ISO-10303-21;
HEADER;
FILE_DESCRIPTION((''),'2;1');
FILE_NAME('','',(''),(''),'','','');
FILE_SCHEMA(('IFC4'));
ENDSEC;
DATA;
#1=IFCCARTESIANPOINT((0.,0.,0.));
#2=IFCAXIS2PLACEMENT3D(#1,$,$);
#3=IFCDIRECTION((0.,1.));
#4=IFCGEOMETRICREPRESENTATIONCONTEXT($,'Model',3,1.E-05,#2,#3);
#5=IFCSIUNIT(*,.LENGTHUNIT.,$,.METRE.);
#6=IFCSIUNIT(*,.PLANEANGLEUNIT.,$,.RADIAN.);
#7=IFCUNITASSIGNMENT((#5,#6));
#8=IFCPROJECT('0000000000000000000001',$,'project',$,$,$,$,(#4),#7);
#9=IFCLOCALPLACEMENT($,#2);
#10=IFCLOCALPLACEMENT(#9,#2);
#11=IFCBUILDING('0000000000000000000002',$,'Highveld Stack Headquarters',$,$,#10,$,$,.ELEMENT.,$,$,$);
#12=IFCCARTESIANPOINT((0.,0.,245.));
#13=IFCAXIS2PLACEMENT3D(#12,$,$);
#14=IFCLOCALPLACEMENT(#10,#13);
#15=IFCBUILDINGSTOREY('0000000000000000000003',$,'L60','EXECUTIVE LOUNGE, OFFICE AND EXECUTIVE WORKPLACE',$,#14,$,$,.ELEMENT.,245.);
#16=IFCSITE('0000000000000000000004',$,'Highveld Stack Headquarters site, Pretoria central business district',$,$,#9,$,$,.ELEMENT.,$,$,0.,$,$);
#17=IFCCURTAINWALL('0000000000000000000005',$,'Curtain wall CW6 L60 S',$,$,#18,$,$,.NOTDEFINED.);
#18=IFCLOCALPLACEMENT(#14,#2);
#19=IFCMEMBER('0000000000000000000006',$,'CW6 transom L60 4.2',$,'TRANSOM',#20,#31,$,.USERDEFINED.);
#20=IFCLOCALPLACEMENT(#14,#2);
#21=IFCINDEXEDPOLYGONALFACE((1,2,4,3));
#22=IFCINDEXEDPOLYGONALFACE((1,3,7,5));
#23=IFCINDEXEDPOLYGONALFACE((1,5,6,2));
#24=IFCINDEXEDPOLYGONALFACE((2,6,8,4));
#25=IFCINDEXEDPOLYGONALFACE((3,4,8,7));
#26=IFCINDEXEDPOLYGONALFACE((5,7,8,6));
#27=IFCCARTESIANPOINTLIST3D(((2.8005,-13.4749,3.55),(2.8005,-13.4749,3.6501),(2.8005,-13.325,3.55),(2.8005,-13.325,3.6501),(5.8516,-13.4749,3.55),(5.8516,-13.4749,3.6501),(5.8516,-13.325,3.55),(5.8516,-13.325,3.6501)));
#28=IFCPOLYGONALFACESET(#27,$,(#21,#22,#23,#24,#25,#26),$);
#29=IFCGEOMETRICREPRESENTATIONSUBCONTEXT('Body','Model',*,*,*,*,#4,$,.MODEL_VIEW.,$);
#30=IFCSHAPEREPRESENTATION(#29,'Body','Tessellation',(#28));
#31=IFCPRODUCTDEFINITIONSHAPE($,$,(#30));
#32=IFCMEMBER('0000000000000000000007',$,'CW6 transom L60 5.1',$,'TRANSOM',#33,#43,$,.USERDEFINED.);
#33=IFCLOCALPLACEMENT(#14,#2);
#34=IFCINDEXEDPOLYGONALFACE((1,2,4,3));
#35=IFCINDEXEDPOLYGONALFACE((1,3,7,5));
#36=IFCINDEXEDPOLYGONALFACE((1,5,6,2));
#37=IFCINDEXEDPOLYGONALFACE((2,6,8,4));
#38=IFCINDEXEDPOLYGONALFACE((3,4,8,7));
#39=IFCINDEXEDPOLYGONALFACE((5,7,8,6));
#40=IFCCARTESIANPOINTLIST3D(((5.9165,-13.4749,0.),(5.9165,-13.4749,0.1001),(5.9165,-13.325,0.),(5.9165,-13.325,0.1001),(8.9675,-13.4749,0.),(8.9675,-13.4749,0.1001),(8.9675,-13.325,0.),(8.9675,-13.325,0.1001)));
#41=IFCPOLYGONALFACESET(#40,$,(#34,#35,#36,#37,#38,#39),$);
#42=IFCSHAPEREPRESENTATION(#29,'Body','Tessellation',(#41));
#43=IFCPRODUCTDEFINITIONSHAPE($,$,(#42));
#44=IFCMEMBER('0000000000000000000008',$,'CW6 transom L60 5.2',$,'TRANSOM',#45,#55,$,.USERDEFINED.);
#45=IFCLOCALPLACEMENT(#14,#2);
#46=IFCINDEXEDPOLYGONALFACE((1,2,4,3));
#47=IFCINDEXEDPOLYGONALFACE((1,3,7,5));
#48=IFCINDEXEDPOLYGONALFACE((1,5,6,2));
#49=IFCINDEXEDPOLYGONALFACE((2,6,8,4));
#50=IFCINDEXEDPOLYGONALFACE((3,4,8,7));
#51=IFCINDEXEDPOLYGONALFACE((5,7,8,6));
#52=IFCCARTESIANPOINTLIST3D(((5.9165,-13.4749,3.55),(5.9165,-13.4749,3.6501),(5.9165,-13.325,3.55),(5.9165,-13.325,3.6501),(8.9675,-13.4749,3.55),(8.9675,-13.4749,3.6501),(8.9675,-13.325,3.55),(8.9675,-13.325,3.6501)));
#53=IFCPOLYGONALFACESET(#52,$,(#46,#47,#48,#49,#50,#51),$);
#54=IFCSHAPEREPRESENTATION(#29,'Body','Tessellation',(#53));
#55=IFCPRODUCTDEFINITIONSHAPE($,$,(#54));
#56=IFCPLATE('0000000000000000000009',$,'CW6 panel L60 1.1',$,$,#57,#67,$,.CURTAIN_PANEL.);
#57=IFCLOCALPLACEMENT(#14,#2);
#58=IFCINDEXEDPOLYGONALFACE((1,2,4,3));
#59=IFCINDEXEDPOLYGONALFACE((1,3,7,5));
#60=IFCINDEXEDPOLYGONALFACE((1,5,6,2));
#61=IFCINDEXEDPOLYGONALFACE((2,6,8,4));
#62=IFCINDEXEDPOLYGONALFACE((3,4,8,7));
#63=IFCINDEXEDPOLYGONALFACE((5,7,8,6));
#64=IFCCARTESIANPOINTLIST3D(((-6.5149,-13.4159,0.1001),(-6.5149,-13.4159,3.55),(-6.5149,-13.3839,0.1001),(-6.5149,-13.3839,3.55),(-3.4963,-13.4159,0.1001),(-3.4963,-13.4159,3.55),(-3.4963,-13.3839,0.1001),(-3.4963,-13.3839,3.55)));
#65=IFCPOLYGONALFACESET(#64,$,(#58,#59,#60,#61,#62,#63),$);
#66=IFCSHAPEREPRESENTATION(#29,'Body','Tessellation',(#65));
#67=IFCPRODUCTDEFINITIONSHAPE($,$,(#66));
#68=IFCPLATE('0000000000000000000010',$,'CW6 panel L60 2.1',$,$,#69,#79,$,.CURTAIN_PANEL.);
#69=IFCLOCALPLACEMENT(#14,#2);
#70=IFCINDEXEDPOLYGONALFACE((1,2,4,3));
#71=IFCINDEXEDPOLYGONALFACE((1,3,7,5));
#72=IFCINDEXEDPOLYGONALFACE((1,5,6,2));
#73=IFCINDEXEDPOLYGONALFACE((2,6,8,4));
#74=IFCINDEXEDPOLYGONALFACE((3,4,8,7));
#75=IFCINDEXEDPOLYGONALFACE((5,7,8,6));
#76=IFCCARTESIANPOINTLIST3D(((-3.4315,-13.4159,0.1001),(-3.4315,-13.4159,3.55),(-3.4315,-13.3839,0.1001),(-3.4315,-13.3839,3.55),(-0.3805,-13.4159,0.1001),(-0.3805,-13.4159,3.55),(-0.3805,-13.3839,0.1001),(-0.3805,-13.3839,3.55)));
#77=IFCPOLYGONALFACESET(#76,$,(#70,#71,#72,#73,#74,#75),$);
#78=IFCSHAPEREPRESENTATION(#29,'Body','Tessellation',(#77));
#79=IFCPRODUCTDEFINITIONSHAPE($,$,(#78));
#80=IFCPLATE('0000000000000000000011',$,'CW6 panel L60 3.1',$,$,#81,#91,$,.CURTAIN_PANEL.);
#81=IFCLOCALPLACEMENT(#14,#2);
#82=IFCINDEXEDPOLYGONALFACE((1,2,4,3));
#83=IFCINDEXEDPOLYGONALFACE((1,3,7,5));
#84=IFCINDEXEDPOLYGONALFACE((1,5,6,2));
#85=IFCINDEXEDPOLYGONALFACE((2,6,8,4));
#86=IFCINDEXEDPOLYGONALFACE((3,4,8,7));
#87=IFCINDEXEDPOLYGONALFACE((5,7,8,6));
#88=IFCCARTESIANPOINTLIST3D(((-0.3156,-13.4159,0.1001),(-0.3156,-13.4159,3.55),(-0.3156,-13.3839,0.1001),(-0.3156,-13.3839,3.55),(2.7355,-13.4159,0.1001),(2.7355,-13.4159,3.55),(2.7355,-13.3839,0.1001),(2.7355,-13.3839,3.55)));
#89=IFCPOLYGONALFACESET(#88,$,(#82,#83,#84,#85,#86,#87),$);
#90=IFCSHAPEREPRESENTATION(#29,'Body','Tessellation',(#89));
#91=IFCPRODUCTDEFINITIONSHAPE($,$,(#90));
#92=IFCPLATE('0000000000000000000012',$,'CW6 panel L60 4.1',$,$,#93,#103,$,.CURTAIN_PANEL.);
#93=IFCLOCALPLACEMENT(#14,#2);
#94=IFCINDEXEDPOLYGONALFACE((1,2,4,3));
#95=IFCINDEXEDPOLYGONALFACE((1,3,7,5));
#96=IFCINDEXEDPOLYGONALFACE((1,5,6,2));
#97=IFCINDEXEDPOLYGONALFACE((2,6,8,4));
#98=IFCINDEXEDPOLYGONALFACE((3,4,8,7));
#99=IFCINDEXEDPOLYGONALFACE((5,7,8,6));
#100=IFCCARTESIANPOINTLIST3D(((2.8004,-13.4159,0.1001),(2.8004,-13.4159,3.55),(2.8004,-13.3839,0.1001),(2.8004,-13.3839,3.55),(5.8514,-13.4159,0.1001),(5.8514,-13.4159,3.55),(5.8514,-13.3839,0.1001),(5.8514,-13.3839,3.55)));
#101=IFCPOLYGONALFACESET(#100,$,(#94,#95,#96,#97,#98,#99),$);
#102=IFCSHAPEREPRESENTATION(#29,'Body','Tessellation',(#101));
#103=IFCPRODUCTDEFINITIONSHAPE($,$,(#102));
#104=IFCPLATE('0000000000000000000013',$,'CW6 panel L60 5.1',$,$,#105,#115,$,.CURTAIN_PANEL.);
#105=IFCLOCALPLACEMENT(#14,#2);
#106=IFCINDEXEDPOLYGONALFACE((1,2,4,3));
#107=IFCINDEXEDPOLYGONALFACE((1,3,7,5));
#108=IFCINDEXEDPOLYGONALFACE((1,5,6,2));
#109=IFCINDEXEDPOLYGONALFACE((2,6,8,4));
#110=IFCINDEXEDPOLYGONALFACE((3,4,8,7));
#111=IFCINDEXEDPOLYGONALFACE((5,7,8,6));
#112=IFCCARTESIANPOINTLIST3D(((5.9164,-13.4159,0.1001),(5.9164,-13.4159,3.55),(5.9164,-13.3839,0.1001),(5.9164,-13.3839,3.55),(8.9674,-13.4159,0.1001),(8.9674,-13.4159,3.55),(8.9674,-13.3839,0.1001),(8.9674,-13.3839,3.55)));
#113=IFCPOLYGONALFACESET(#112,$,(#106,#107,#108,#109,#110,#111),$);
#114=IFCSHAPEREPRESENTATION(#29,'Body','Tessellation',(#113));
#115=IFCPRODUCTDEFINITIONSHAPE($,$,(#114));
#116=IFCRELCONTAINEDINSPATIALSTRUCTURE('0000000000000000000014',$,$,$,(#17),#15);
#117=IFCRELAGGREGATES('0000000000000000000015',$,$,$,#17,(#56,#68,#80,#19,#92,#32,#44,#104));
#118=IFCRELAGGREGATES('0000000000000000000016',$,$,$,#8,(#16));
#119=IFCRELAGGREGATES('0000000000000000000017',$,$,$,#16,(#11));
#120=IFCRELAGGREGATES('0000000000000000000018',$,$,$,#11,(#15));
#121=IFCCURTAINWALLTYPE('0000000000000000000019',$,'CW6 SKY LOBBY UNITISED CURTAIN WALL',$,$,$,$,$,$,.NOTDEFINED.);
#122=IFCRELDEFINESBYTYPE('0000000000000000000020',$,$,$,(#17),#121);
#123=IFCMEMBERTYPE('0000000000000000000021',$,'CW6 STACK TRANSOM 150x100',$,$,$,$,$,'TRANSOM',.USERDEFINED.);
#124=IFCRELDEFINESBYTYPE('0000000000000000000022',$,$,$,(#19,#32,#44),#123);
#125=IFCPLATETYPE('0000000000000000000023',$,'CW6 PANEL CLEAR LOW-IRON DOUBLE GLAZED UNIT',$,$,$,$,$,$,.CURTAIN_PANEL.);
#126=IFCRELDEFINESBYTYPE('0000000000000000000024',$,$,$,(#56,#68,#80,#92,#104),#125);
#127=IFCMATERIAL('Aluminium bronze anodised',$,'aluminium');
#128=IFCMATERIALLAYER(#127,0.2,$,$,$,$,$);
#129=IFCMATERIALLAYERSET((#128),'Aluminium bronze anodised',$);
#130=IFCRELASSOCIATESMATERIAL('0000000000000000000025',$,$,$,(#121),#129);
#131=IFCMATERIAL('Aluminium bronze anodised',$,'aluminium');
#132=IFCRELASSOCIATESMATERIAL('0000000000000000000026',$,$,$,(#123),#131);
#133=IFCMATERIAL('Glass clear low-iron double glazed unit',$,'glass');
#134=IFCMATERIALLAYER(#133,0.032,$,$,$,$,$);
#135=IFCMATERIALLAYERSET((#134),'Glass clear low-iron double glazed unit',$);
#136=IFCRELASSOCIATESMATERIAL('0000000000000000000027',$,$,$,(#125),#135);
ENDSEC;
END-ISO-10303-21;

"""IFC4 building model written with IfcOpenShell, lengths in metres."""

from ifc_helpers import new_model, si_unit, direction, frame, origin, origin_2d, place, context, subcontext, project, spatial, rectangle, extrude, material, layer, layer_set, material_profile, profile_set, type_object, element, aggregate, save


model = new_model("IFC4")

# Units and contexts
model_context = context("Model", 3, precision=1e-05, world=origin(), true_north=direction((0.0, 1.0)))
body_context = subcontext(model_context, "Body", "Model", "MODEL_VIEW")
ifc_project = project(units=[si_unit("LENGTHUNIT", "METRE"), si_unit("PLANEANGLEUNIT", "RADIAN")], contexts=[model_context])

# Site, building, storey
site_placement = place(None, origin())
site = spatial("IfcSite", under=ifc_project, at=site_placement, Name="Highveld Stack Headquarters site, Pretoria central business district", CompositionType="ELEMENT", RefElevation=0.0)
building_placement = place(site_placement, origin())
building = spatial("IfcBuilding", under=site, at=building_placement, Name="Highveld Stack Headquarters", CompositionType="ELEMENT")
storey_placement = place(building_placement, frame((0.0, 0.0, 245.0)))
storey = spatial("IfcBuildingStorey", under=building, at=storey_placement, Name="L60", Description="EXECUTIVE LOUNGE, OFFICE AND EXECUTIVE WORKPLACE", CompositionType="ELEMENT", Elevation=245.0)

# Curtain wall, members, plates
ifc_material_1 = material(Name="Aluminium bronze anodised", Category="aluminium")
ifc_layer_1 = layer(ifc_material_1, 0.2)
ifc_layer_set_1 = layer_set([ifc_layer_1], Name="Aluminium bronze anodised")
curtain_wall_type = type_object("IfcCurtainWallType", Name="CW6 SKY LOBBY UNITISED CURTAIN WALL", PredefinedType="NOTDEFINED", material=ifc_layer_set_1)
curtain_wall_placement = place(storey_placement, origin())
curtain_wall = element("IfcCurtainWall", 1, at=curtain_wall_placement, inside=storey, type_object=curtain_wall_type, Name="Curtain wall CW6 L60 S", PredefinedType="NOTDEFINED")
ifc_material_2 = material(Name="Aluminium bronze anodised", Category="aluminium")
ifc_material_profile_1 = material_profile(ifc_material_2, rectangle(XDim=0.1499, YDim=0.1001, at=origin_2d()), Name="CW6 TRANSOM 150x100")
ifc_profile_set_1 = profile_set([ifc_material_profile_1], Name="Aluminium bronze anodised")
member_type_1 = type_object("IfcMemberType", Name="CW6 STACK TRANSOM 150x100", ElementType="TRANSOM", PredefinedType="USERDEFINED", material=ifc_profile_set_1)
member_1_placement = place(storey_placement, frame((2.8005, -13.3999, 3.6001), z_axis=(1.0, 0.0, 0.0), x_axis=(0.0, 1.0, 0.0)))
member_1 = element("IfcMember", 2, at=member_1_placement, type_object=member_type_1, Name="CW6 transom L60 4.2", ObjectType="TRANSOM", PredefinedType="USERDEFINED", context=body_context, shape_type="SweptSolid", body=[
    extrude(rectangle(XDim=0.1499, YDim=0.1001, at=origin_2d()), origin(), (0.0, 0.0, 1.0), 3.051),
])
member_2_placement = place(storey_placement, frame((5.9165, -13.3999, 0.05), z_axis=(1.0, 0.0, 0.0), x_axis=(0.0, 1.0, 0.0)))
member_2 = element("IfcMember", 3, at=member_2_placement, type_object=member_type_1, Name="CW6 transom L60 5.1", ObjectType="TRANSOM", PredefinedType="USERDEFINED", context=body_context, shape_type="SweptSolid", body=[
    extrude(rectangle(XDim=0.1499, YDim=0.1001, at=origin_2d()), origin(), (0.0, 0.0, 1.0), 3.051),
])
member_3_placement = place(storey_placement, frame((5.9165, -13.3999, 3.6001), z_axis=(1.0, 0.0, 0.0), x_axis=(0.0, 1.0, 0.0)))
member_3 = element("IfcMember", 4, at=member_3_placement, type_object=member_type_1, Name="CW6 transom L60 5.2", ObjectType="TRANSOM", PredefinedType="USERDEFINED", context=body_context, shape_type="SweptSolid", body=[
    extrude(rectangle(XDim=0.1499, YDim=0.1001, at=origin_2d()), origin(), (0.0, 0.0, 1.0), 3.051),
])
ifc_material_3 = material(Name="Glass clear low-iron double glazed unit", Category="glass")
ifc_layer_2 = layer(ifc_material_3, 0.032)
ifc_layer_set_2 = layer_set([ifc_layer_2], Name="Glass clear low-iron double glazed unit")
plate_type = type_object("IfcPlateType", Name="CW6 PANEL CLEAR LOW-IRON DOUBLE GLAZED UNIT", PredefinedType="CURTAIN_PANEL", material=ifc_layer_set_2)
plate_1_placement = place(storey_placement, frame((-5.0056, -13.3999, 0.1001), z_axis=(0.0, 0.0, 1.0), x_axis=(1.0, 0.0, 0.0)))
plate_1 = element("IfcPlate", 5, at=plate_1_placement, type_object=plate_type, Name="CW6 panel L60 1.1", PredefinedType="CURTAIN_PANEL", context=body_context, shape_type="SweptSolid", body=[
    extrude(rectangle(XDim=3.0186, YDim=0.032, at=origin_2d()), origin(), (0.0, 0.0, 1.0), 3.45),
])
plate_2_placement = place(storey_placement, frame((-1.906, -13.3999, 0.1001), z_axis=(0.0, 0.0, 1.0), x_axis=(1.0, 0.0, 0.0)))
plate_2 = element("IfcPlate", 6, at=plate_2_placement, type_object=plate_type, Name="CW6 panel L60 2.1", PredefinedType="CURTAIN_PANEL", context=body_context, shape_type="SweptSolid", body=[
    extrude(rectangle(XDim=3.051, YDim=0.032, at=origin_2d()), origin(), (0.0, 0.0, 1.0), 3.45),
])
plate_3_placement = place(storey_placement, frame((1.21, -13.3999, 0.1001), z_axis=(0.0, 0.0, 1.0), x_axis=(1.0, 0.0, 0.0)))
plate_3 = element("IfcPlate", 7, at=plate_3_placement, type_object=plate_type, Name="CW6 panel L60 3.1", PredefinedType="CURTAIN_PANEL", context=body_context, shape_type="SweptSolid", body=[
    extrude(rectangle(XDim=3.051, YDim=0.032, at=origin_2d()), origin(), (0.0, 0.0, 1.0), 3.45),
])
plate_4_placement = place(storey_placement, frame((4.3259, -13.3999, 0.1001), z_axis=(0.0, 0.0, 1.0), x_axis=(1.0, 0.0, 0.0)))
plate_4 = element("IfcPlate", 8, at=plate_4_placement, type_object=plate_type, Name="CW6 panel L60 4.1", PredefinedType="CURTAIN_PANEL", context=body_context, shape_type="SweptSolid", body=[
    extrude(rectangle(XDim=3.051, YDim=0.032, at=origin_2d()), origin(), (0.0, 0.0, 1.0), 3.45),
])
plate_5_placement = place(storey_placement, frame((7.4419, -13.3999, 0.1001), z_axis=(0.0, 0.0, 1.0), x_axis=(1.0, 0.0, 0.0)))
plate_5 = element("IfcPlate", 9, at=plate_5_placement, type_object=plate_type, Name="CW6 panel L60 5.1", PredefinedType="CURTAIN_PANEL", context=body_context, shape_type="SweptSolid", body=[
    extrude(rectangle(XDim=3.051, YDim=0.032, at=origin_2d()), origin(), (0.0, 0.0, 1.0), 3.45),
])
aggregate(curtain_wall, [plate_1, plate_2, plate_3, member_1, plate_4, member_2, member_3, plate_5])

save(model, "model.ifc")
